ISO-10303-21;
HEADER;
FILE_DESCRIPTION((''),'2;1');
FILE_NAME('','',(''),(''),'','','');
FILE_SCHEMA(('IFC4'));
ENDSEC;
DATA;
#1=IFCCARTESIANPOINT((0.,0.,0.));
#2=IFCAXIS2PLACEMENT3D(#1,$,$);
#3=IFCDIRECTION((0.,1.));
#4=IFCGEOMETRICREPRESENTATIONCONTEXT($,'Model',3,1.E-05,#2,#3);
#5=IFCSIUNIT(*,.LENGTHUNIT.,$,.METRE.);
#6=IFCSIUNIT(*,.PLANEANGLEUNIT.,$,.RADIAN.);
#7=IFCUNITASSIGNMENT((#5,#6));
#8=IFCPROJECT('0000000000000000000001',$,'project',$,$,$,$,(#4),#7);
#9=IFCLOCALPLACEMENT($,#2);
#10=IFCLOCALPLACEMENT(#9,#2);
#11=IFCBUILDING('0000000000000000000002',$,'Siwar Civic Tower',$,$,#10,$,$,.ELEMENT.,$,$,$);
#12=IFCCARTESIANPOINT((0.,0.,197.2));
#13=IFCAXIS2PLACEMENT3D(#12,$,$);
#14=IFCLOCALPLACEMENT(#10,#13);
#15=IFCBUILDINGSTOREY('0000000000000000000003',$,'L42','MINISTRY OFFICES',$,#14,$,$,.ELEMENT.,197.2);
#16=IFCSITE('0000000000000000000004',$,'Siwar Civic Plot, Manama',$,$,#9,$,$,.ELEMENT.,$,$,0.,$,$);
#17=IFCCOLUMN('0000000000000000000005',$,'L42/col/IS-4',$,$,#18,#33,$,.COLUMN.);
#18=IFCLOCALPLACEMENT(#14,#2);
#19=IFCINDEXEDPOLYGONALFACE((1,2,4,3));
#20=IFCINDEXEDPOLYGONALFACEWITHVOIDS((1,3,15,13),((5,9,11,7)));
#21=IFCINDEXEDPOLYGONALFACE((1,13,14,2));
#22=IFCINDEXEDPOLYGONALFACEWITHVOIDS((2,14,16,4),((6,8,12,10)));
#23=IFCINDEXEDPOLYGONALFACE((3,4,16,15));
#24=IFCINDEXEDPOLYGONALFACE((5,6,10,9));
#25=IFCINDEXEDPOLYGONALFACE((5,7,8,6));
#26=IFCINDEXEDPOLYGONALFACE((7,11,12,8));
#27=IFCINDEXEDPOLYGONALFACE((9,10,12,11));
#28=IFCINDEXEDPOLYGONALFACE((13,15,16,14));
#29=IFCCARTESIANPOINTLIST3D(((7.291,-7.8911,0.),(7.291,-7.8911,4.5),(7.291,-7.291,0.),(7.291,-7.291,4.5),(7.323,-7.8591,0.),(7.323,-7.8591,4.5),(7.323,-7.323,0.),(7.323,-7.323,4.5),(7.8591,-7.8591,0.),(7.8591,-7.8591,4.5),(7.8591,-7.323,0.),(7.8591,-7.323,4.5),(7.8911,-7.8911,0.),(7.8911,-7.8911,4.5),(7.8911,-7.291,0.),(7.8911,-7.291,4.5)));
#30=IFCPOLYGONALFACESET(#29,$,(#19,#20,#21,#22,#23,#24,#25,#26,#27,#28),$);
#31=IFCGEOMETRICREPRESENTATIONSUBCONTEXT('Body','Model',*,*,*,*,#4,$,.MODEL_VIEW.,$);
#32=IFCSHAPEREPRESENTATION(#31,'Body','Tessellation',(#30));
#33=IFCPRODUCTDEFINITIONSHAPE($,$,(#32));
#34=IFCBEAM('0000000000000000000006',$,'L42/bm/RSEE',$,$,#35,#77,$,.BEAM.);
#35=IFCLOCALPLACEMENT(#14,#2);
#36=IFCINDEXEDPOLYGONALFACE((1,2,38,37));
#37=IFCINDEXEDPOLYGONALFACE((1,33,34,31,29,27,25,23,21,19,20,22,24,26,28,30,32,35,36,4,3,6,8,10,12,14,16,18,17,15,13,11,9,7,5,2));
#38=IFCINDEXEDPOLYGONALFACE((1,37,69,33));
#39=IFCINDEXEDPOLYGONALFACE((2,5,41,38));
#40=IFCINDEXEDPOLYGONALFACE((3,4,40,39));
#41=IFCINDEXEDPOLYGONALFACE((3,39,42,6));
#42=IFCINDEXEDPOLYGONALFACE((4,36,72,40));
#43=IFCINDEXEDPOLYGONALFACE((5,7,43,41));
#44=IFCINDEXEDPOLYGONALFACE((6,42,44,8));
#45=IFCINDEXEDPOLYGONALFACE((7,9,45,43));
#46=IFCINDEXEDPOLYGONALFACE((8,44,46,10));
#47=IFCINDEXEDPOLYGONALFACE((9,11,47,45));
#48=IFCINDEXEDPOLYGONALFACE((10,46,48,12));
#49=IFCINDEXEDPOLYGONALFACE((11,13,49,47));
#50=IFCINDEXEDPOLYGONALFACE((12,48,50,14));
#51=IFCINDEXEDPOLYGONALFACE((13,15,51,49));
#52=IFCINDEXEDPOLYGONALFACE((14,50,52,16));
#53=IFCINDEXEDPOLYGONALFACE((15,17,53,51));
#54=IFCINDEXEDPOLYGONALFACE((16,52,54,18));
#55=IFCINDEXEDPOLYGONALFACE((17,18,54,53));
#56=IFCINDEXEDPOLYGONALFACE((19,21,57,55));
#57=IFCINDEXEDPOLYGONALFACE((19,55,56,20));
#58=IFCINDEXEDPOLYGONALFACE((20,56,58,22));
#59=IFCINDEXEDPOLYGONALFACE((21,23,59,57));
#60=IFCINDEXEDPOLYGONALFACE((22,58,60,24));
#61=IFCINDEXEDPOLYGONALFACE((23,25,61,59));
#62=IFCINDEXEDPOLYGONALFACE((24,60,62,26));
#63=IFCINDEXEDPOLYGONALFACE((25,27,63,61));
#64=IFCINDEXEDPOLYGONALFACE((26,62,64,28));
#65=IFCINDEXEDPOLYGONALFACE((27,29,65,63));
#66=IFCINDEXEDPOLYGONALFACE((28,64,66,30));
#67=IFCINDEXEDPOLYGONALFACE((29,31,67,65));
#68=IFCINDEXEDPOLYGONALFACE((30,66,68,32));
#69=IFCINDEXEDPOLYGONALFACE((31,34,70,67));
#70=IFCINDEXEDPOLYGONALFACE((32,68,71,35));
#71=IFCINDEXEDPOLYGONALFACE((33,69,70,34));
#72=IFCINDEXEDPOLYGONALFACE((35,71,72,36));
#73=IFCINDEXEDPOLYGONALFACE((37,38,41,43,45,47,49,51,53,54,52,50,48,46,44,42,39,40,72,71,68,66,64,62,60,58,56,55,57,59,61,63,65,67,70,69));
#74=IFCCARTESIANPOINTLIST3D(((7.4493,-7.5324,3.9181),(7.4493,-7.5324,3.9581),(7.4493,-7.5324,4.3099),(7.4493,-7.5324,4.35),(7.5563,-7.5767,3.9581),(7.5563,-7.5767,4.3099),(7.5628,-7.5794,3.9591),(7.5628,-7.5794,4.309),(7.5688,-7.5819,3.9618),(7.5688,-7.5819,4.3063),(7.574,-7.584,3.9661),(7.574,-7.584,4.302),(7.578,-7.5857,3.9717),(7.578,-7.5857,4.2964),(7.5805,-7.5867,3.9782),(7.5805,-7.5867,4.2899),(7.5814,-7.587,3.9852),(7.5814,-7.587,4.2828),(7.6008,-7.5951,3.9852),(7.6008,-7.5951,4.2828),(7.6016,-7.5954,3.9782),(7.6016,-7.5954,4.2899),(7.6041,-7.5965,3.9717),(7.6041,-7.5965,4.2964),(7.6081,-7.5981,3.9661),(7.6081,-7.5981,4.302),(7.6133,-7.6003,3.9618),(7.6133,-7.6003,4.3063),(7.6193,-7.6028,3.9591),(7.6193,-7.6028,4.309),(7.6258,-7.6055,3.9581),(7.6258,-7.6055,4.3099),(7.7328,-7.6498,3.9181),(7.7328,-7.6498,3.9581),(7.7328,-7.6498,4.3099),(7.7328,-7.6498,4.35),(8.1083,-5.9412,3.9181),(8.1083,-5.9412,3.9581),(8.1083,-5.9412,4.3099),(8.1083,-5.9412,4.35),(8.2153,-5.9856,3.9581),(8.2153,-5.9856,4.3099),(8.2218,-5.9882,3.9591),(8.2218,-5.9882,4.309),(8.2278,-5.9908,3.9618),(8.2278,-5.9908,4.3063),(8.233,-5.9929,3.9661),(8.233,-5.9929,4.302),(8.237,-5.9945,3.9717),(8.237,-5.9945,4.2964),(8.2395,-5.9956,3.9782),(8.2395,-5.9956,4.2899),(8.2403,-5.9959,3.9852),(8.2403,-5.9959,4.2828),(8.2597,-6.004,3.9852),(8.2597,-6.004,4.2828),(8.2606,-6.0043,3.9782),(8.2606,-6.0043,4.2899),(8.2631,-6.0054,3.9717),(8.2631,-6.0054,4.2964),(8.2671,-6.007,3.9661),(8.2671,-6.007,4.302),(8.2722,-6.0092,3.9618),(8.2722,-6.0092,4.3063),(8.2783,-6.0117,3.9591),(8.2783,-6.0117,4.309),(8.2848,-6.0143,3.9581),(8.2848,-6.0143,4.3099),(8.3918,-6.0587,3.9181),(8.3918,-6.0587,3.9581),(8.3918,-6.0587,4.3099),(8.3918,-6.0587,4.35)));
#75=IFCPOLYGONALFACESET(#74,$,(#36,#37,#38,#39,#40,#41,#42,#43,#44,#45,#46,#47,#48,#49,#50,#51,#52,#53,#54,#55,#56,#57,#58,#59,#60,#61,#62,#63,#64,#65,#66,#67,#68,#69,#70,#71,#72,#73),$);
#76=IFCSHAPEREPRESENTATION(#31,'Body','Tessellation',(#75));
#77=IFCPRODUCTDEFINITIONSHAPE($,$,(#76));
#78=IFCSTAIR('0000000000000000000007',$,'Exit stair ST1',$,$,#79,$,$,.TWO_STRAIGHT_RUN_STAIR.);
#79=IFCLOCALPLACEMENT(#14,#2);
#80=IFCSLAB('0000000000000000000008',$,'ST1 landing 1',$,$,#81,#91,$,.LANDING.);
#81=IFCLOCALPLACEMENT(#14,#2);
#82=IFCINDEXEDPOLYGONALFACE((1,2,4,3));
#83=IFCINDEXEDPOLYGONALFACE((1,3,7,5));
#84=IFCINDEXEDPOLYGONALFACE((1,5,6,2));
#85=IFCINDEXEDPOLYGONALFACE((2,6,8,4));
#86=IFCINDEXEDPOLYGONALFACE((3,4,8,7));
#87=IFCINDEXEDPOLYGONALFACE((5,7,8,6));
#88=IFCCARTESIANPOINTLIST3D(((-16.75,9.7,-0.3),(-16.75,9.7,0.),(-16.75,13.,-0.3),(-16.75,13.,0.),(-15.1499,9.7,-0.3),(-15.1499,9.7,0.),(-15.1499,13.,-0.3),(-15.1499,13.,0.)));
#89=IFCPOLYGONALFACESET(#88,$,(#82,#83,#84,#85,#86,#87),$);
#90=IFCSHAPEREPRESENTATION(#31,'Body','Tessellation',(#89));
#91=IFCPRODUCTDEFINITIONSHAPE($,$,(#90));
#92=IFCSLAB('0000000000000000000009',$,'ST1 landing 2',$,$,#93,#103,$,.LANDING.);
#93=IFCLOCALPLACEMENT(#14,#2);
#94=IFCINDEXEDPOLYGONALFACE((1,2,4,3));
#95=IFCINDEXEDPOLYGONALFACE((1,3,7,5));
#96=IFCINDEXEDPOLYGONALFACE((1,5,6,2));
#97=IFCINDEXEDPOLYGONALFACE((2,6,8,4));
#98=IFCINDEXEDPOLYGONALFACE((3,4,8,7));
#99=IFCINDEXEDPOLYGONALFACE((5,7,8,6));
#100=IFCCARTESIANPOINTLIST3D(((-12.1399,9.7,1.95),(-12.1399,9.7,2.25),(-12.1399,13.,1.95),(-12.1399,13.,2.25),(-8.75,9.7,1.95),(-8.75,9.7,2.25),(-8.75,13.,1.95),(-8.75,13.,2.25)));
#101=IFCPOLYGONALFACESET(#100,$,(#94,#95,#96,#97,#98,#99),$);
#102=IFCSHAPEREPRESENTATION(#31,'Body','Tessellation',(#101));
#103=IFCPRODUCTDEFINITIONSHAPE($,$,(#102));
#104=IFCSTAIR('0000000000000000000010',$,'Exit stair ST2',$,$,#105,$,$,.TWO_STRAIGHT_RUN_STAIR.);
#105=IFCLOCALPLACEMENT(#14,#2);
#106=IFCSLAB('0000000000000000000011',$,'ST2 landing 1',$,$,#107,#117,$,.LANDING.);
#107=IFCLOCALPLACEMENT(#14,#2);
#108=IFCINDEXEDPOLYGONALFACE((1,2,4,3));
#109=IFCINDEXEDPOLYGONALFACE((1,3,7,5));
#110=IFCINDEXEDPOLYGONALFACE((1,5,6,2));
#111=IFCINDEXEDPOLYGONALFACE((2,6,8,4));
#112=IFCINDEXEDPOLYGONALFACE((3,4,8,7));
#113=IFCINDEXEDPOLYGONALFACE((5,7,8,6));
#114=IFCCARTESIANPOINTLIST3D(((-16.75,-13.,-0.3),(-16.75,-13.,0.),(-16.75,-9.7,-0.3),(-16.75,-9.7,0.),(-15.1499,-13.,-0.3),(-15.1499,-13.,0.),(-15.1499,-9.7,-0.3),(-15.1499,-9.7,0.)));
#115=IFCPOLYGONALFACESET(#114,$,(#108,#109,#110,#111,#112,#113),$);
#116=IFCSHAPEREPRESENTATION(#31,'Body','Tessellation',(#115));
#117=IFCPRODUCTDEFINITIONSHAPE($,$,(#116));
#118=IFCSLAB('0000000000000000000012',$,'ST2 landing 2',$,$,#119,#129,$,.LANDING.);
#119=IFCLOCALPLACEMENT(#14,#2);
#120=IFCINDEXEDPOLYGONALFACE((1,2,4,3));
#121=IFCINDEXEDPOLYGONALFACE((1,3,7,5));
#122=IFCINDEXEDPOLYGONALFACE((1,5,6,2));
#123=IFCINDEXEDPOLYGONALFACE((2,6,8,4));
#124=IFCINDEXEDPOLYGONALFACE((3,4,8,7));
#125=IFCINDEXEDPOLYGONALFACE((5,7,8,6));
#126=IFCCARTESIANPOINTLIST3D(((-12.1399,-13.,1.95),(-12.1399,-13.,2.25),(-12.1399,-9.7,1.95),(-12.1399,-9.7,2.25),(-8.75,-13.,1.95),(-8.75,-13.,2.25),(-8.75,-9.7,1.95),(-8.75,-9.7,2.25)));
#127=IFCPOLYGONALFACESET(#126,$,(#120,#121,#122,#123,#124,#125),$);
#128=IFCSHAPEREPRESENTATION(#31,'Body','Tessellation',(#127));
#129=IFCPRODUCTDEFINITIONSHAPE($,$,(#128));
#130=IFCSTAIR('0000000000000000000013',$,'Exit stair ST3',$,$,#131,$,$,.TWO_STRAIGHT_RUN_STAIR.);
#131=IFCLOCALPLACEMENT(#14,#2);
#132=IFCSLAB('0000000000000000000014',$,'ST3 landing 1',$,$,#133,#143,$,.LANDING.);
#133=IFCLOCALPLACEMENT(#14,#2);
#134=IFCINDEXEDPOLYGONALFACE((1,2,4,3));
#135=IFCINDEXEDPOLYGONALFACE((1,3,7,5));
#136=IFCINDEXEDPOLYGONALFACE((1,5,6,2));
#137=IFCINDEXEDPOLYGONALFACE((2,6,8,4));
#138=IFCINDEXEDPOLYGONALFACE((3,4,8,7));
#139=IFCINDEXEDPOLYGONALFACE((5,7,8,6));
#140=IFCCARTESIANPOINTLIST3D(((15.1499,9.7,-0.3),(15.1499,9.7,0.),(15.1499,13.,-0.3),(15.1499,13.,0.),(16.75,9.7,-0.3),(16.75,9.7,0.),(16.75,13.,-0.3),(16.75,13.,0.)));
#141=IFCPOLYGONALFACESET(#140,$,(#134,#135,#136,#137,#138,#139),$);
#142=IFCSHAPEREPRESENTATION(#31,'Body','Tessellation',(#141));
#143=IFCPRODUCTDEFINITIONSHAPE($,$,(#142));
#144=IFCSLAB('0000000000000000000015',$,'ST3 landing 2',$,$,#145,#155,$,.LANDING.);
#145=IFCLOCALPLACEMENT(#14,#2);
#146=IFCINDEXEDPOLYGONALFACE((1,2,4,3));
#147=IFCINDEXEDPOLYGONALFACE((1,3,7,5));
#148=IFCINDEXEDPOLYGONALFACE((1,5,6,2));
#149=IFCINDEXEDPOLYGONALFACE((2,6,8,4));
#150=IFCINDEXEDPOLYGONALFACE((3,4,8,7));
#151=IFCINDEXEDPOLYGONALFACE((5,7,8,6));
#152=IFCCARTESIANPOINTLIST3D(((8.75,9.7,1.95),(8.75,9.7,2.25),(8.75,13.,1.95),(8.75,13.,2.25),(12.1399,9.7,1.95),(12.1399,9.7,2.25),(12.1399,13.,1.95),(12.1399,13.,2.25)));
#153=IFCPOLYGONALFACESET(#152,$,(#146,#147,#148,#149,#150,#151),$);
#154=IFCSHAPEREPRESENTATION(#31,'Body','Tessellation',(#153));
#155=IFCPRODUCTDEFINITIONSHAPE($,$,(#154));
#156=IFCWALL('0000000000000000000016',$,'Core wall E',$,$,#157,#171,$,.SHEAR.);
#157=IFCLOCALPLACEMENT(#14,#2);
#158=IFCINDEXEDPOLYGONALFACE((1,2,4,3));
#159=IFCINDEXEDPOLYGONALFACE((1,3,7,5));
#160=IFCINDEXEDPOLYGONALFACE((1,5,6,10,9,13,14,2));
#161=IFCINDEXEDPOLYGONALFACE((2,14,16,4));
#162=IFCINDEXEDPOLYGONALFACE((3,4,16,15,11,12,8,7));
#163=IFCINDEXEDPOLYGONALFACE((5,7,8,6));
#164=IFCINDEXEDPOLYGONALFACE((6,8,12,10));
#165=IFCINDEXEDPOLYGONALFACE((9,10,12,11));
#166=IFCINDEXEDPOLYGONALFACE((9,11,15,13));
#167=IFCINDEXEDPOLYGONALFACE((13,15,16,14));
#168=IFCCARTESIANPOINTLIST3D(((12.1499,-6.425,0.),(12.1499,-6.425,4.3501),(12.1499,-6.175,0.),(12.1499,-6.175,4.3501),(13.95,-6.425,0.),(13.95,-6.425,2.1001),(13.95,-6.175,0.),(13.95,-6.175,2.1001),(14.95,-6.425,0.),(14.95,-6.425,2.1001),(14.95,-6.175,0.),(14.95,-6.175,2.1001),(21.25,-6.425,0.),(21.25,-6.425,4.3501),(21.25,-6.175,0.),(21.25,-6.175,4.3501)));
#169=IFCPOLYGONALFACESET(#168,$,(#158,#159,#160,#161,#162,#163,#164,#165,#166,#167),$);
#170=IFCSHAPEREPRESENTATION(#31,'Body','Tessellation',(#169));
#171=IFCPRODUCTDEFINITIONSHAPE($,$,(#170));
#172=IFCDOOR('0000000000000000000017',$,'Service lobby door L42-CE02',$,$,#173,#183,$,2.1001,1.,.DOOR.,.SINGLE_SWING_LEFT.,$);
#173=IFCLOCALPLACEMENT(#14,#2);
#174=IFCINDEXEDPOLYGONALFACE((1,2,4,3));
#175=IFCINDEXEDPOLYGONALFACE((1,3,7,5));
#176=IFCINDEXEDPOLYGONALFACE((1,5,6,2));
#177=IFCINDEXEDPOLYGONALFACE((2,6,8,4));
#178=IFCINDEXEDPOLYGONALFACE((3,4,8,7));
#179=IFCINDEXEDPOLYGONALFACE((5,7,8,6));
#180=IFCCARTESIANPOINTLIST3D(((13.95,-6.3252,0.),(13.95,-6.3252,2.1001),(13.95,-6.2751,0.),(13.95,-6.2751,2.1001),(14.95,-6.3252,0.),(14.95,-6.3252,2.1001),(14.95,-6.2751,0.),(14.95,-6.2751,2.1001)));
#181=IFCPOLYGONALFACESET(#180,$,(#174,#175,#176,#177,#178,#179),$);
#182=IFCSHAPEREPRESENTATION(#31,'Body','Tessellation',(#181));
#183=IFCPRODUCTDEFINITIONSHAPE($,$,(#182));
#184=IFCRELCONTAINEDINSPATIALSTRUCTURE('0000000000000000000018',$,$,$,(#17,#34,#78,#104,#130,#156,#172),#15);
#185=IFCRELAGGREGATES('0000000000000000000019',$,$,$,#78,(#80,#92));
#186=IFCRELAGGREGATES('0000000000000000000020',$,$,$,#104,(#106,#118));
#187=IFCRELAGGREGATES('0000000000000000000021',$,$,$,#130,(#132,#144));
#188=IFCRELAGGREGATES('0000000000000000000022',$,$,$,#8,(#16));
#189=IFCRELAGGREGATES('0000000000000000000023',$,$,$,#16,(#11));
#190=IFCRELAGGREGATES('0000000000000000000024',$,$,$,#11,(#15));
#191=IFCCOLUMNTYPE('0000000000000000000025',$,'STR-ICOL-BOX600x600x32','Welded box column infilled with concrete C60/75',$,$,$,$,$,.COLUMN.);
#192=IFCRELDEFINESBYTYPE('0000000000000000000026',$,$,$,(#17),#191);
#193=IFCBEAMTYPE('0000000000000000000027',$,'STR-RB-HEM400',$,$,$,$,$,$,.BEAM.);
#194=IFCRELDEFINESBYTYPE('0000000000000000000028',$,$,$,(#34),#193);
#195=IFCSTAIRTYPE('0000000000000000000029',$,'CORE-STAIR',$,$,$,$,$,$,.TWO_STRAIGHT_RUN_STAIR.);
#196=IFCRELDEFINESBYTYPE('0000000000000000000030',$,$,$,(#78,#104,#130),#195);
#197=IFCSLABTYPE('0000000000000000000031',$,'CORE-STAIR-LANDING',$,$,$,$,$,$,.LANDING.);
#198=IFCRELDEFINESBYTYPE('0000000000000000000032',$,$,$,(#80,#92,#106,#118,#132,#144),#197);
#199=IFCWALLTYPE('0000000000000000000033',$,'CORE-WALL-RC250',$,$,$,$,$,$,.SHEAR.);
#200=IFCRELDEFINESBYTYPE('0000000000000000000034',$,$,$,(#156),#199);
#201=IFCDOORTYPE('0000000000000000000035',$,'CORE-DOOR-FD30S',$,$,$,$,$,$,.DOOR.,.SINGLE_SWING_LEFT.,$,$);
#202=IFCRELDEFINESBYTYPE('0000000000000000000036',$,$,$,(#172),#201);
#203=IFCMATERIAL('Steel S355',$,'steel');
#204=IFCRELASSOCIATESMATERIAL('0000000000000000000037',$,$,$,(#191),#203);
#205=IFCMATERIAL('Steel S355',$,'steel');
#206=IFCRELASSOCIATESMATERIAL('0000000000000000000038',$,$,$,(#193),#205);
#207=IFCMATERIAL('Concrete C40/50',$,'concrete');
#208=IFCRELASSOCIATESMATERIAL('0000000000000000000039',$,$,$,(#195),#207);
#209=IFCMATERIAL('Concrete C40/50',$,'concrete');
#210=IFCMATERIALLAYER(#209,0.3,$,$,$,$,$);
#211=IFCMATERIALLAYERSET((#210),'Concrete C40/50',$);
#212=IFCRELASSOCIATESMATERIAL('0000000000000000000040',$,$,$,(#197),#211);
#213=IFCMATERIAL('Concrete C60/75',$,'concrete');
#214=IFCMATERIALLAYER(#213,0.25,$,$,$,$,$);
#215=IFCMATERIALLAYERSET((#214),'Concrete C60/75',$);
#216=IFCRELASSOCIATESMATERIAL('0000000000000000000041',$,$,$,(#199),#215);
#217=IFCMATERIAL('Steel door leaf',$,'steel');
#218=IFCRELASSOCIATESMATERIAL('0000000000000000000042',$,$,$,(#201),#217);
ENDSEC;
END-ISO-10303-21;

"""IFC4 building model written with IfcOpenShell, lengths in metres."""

from ifc_helpers import new_model, si_unit, direction, frame, frame_2d, origin, origin_2d, place, context, subcontext, project, spatial, polyline, rectangle, hollow_rectangle, i_section, outline, extrude, material, layer, layer_set, material_profile, profile_set, type_object, element, fill, aggregate, save


model = new_model("IFC4")

# Units and contexts
model_context = context("Model", 3, precision=1e-05, world=origin(), true_north=direction((0.0, 1.0)))
body_context = subcontext(model_context, "Body", "Model", "MODEL_VIEW")
ifc_project = project(units=[si_unit("LENGTHUNIT", "METRE"), si_unit("PLANEANGLEUNIT", "RADIAN")], contexts=[model_context])

# Site, building, storey
site_placement = place(None, origin())
site = spatial("IfcSite", under=ifc_project, at=site_placement, Name="Siwar Civic Plot, Manama", CompositionType="ELEMENT", RefElevation=0.0)
building_placement = place(site_placement, origin())
building = spatial("IfcBuilding", under=site, at=building_placement, Name="Siwar Civic Tower", CompositionType="ELEMENT")
storey_placement = place(building_placement, frame((0.0, 0.0, 197.2)))
storey = spatial("IfcBuildingStorey", under=building, at=storey_placement, Name="L42", Description="MINISTRY OFFICES", CompositionType="ELEMENT", Elevation=197.2)

# Column
ifc_material_1 = material(Name="Steel S355", Category="steel")
ifc_material_profile_1 = material_profile(ifc_material_1, hollow_rectangle(XDim=0.6001, YDim=0.6001, WallThickness=0.032, at=origin_2d()), Name="BOX600x600x32")
ifc_profile_set_1 = profile_set([ifc_material_profile_1], Name="Steel S355")
column_type = type_object("IfcColumnType", Name="STR-ICOL-BOX600x600x32", Description="Welded box column infilled with concrete C60/75", PredefinedType="COLUMN", material=ifc_profile_set_1)
column_placement = place(storey_placement, frame((7.5911, -7.5911, 0.0), z_axis=(0.0, 0.0, 1.0), x_axis=(1.0, 0.0, 0.0)))
element("IfcColumn", 1, at=column_placement, inside=storey, type_object=column_type, Name="L42/col/IS-4", PredefinedType="COLUMN", context=body_context, shape_type="SweptSolid", body=[
    extrude(hollow_rectangle(XDim=0.6001, YDim=0.6001, WallThickness=0.032, at=origin_2d()), origin(), (0.0, 0.0, 1.0), 4.5),
])

# Beam
ifc_material_2 = material(Name="Steel S355", Category="steel")
ifc_material_profile_2 = material_profile(ifc_material_2, i_section(OverallWidth=0.3069, OverallDepth=0.4319, WebThickness=0.021, FlangeThickness=0.04, FilletRadius=0.0271, at=origin_2d()), Name="HEM400")
ifc_profile_set_2 = profile_set([ifc_material_profile_2], Name="Steel S355")
beam_type = type_object("IfcBeamType", Name="STR-RB-HEM400", PredefinedType="BEAM", material=ifc_profile_set_2)
beam_placement = place(storey_placement, frame((7.5911, -7.5911, 4.134), z_axis=(0.382631, 0.923901, 0.0), x_axis=(-0.923901, 0.382631, 0.0)))
element("IfcBeam", 2, at=beam_placement, inside=storey, type_object=beam_type, Name="L42/bm/RSEE", PredefinedType="BEAM", context=body_context, shape_type="SweptSolid", body=[
    extrude(i_section(OverallWidth=0.3069, OverallDepth=0.4319, WebThickness=0.021, FlangeThickness=0.04, FilletRadius=0.0271, at=origin_2d()), origin(), (0.0, 0.0, 1.0), 1.7222),
])

# Stairs, slabs
ifc_material_3 = material(Name="Concrete C40/50", Category="concrete")
stair_type = type_object("IfcStairType", Name="CORE-STAIR", PredefinedType="TWO_STRAIGHT_RUN_STAIR", material=ifc_material_3)
stair_1_placement = place(storey_placement, origin())
stair_1 = element("IfcStair", 3, at=stair_1_placement, inside=storey, type_object=stair_type, Name="Exit stair ST1", PredefinedType="TWO_STRAIGHT_RUN_STAIR")
ifc_material_4 = material(Name="Concrete C40/50", Category="concrete")
ifc_layer_1 = layer(ifc_material_4, 0.3)
ifc_layer_set_1 = layer_set([ifc_layer_1], Name="Concrete C40/50")
slab_type = type_object("IfcSlabType", Name="CORE-STAIR-LANDING", PredefinedType="LANDING", material=ifc_layer_set_1)
slab_1_placement = place(storey_placement, frame((0.0, 0.0, -0.3)))
slab_1 = element("IfcSlab", 4, at=slab_1_placement, type_object=slab_type, Name="ST1 landing 1", PredefinedType="LANDING", context=body_context, shape_type="SweptSolid", body=[
    extrude(outline(polyline([(-15.1499, 13.0), (-16.75, 13.0), (-16.75, 9.7), (-15.1499, 9.7), (-15.1499, 13.0)])), origin(), (0.0, 0.0, 1.0), 0.3),
])
slab_2_placement = place(storey_placement, frame((0.0, 0.0, 1.95)))
slab_2 = element("IfcSlab", 5, at=slab_2_placement, type_object=slab_type, Name="ST1 landing 2", PredefinedType="LANDING", context=body_context, shape_type="SweptSolid", body=[
    extrude(outline(polyline([(-8.75, 13.0), (-12.1399, 13.0), (-12.1399, 9.7), (-8.75, 9.7), (-8.75, 13.0)])), origin(), (0.0, 0.0, 1.0), 0.3),
])
aggregate(stair_1, [slab_1, slab_2])
stair_2_placement = place(storey_placement, origin())
stair_2 = element("IfcStair", 6, at=stair_2_placement, inside=storey, type_object=stair_type, Name="Exit stair ST2", PredefinedType="TWO_STRAIGHT_RUN_STAIR")
slab_3_placement = place(storey_placement, frame((0.0, 0.0, -0.3)))
slab_3 = element("IfcSlab", 7, at=slab_3_placement, type_object=slab_type, Name="ST2 landing 1", PredefinedType="LANDING", context=body_context, shape_type="SweptSolid", body=[
    extrude(outline(polyline([(-15.1499, -9.7), (-16.75, -9.7), (-16.75, -13.0), (-15.1499, -13.0), (-15.1499, -9.7)])), origin(), (0.0, 0.0, 1.0), 0.3),
])
slab_4_placement = place(storey_placement, frame((0.0, 0.0, 1.95)))
slab_4 = element("IfcSlab", 8, at=slab_4_placement, type_object=slab_type, Name="ST2 landing 2", PredefinedType="LANDING", context=body_context, shape_type="SweptSolid", body=[
    extrude(outline(polyline([(-8.75, -9.7), (-12.1399, -9.7), (-12.1399, -13.0), (-8.75, -13.0), (-8.75, -9.7)])), origin(), (0.0, 0.0, 1.0), 0.3),
])
aggregate(stair_2, [slab_3, slab_4])
stair_3_placement = place(storey_placement, origin())
stair_3 = element("IfcStair", 9, at=stair_3_placement, inside=storey, type_object=stair_type, Name="Exit stair ST3", PredefinedType="TWO_STRAIGHT_RUN_STAIR")
slab_5_placement = place(storey_placement, frame((0.0, 0.0, -0.3)))
slab_5 = element("IfcSlab", 10, at=slab_5_placement, type_object=slab_type, Name="ST3 landing 1", PredefinedType="LANDING", context=body_context, shape_type="SweptSolid", body=[
    extrude(outline(polyline([(15.1499, 9.7), (16.75, 9.7), (16.75, 13.0), (15.1499, 13.0), (15.1499, 9.7)])), origin(), (0.0, 0.0, 1.0), 0.3),
])
slab_6_placement = place(storey_placement, frame((0.0, 0.0, 1.95)))
slab_6 = element("IfcSlab", 11, at=slab_6_placement, type_object=slab_type, Name="ST3 landing 2", PredefinedType="LANDING", context=body_context, shape_type="SweptSolid", body=[
    extrude(outline(polyline([(8.75, 9.7), (12.1399, 9.7), (12.1399, 13.0), (8.75, 13.0), (8.75, 9.7)])), origin(), (0.0, 0.0, 1.0), 0.3),
])
aggregate(stair_3, [slab_5, slab_6])

# Wall, opening, door
ifc_material_5 = material(Name="Concrete C60/75", Category="concrete")
ifc_layer_2 = layer(ifc_material_5, 0.25)
ifc_layer_set_2 = layer_set([ifc_layer_2], Name="Concrete C60/75")
wall_type_1 = type_object("IfcWallType", Name="CORE-WALL-RC250", PredefinedType="SHEAR", material=ifc_layer_set_2)
wall_1_placement = place(storey_placement, frame((12.1499, -6.3, 0.0), z_axis=(0.0, 0.0, 1.0), x_axis=(1.0, 0.0, 0.0)))
wall_1 = element("IfcWall", 12, at=wall_1_placement, inside=storey, type_object=wall_type_1, Name="Core wall E", PredefinedType="SHEAR", context=body_context, shape_type="SweptSolid", body=[
    extrude(rectangle(XDim=9.1001, YDim=0.25, at=frame_2d((4.55, 0.0))), origin(), (0.0, 0.0, 1.0), 4.3501),
])
opening_placement = place(wall_1_placement, frame((1.8, 0.0, 0.0)))
opening = element("IfcOpeningElement", 13, at=opening_placement, cuts=wall_1, PredefinedType="OPENING", context=body_context, shape_type="SweptSolid", body=[
    extrude(rectangle(XDim=1.0, YDim=2.1001, at=frame_2d((0.5, 1.05))), frame((0.0, 0.135, 0.0), z_axis=(0.0, -1.0, 0.0), x_axis=(1.0, 0.0, 0.0)), (0.0, 0.0, 1.0), 0.27),
])
ifc_material_6 = material(Name="Steel door leaf", Category="steel")
door_type = type_object("IfcDoorType", Name="CORE-DOOR-FD30S", OperationType="SINGLE_SWING_LEFT", PredefinedType="DOOR", material=ifc_material_6)
door_placement = place(opening_placement, origin())
door = element("IfcDoor", 14, at=door_placement, inside=storey, type_object=door_type, Name="Service lobby door L42-CE02", OperationType="SINGLE_SWING_LEFT", OverallHeight=2.1001, OverallWidth=1.0, PredefinedType="DOOR", context=body_context, shape_type="SweptSolid", body=[
    extrude(rectangle(XDim=1.0, YDim=2.1001, at=frame_2d((0.5, 1.05))), frame((0.0, 0.0249, 0.0), z_axis=(0.0, -1.0, 0.0), x_axis=(1.0, 0.0, 0.0)), (0.0, 0.0, 1.0), 0.05),
])
fill(opening, door)

save(model, "model.ifc")
